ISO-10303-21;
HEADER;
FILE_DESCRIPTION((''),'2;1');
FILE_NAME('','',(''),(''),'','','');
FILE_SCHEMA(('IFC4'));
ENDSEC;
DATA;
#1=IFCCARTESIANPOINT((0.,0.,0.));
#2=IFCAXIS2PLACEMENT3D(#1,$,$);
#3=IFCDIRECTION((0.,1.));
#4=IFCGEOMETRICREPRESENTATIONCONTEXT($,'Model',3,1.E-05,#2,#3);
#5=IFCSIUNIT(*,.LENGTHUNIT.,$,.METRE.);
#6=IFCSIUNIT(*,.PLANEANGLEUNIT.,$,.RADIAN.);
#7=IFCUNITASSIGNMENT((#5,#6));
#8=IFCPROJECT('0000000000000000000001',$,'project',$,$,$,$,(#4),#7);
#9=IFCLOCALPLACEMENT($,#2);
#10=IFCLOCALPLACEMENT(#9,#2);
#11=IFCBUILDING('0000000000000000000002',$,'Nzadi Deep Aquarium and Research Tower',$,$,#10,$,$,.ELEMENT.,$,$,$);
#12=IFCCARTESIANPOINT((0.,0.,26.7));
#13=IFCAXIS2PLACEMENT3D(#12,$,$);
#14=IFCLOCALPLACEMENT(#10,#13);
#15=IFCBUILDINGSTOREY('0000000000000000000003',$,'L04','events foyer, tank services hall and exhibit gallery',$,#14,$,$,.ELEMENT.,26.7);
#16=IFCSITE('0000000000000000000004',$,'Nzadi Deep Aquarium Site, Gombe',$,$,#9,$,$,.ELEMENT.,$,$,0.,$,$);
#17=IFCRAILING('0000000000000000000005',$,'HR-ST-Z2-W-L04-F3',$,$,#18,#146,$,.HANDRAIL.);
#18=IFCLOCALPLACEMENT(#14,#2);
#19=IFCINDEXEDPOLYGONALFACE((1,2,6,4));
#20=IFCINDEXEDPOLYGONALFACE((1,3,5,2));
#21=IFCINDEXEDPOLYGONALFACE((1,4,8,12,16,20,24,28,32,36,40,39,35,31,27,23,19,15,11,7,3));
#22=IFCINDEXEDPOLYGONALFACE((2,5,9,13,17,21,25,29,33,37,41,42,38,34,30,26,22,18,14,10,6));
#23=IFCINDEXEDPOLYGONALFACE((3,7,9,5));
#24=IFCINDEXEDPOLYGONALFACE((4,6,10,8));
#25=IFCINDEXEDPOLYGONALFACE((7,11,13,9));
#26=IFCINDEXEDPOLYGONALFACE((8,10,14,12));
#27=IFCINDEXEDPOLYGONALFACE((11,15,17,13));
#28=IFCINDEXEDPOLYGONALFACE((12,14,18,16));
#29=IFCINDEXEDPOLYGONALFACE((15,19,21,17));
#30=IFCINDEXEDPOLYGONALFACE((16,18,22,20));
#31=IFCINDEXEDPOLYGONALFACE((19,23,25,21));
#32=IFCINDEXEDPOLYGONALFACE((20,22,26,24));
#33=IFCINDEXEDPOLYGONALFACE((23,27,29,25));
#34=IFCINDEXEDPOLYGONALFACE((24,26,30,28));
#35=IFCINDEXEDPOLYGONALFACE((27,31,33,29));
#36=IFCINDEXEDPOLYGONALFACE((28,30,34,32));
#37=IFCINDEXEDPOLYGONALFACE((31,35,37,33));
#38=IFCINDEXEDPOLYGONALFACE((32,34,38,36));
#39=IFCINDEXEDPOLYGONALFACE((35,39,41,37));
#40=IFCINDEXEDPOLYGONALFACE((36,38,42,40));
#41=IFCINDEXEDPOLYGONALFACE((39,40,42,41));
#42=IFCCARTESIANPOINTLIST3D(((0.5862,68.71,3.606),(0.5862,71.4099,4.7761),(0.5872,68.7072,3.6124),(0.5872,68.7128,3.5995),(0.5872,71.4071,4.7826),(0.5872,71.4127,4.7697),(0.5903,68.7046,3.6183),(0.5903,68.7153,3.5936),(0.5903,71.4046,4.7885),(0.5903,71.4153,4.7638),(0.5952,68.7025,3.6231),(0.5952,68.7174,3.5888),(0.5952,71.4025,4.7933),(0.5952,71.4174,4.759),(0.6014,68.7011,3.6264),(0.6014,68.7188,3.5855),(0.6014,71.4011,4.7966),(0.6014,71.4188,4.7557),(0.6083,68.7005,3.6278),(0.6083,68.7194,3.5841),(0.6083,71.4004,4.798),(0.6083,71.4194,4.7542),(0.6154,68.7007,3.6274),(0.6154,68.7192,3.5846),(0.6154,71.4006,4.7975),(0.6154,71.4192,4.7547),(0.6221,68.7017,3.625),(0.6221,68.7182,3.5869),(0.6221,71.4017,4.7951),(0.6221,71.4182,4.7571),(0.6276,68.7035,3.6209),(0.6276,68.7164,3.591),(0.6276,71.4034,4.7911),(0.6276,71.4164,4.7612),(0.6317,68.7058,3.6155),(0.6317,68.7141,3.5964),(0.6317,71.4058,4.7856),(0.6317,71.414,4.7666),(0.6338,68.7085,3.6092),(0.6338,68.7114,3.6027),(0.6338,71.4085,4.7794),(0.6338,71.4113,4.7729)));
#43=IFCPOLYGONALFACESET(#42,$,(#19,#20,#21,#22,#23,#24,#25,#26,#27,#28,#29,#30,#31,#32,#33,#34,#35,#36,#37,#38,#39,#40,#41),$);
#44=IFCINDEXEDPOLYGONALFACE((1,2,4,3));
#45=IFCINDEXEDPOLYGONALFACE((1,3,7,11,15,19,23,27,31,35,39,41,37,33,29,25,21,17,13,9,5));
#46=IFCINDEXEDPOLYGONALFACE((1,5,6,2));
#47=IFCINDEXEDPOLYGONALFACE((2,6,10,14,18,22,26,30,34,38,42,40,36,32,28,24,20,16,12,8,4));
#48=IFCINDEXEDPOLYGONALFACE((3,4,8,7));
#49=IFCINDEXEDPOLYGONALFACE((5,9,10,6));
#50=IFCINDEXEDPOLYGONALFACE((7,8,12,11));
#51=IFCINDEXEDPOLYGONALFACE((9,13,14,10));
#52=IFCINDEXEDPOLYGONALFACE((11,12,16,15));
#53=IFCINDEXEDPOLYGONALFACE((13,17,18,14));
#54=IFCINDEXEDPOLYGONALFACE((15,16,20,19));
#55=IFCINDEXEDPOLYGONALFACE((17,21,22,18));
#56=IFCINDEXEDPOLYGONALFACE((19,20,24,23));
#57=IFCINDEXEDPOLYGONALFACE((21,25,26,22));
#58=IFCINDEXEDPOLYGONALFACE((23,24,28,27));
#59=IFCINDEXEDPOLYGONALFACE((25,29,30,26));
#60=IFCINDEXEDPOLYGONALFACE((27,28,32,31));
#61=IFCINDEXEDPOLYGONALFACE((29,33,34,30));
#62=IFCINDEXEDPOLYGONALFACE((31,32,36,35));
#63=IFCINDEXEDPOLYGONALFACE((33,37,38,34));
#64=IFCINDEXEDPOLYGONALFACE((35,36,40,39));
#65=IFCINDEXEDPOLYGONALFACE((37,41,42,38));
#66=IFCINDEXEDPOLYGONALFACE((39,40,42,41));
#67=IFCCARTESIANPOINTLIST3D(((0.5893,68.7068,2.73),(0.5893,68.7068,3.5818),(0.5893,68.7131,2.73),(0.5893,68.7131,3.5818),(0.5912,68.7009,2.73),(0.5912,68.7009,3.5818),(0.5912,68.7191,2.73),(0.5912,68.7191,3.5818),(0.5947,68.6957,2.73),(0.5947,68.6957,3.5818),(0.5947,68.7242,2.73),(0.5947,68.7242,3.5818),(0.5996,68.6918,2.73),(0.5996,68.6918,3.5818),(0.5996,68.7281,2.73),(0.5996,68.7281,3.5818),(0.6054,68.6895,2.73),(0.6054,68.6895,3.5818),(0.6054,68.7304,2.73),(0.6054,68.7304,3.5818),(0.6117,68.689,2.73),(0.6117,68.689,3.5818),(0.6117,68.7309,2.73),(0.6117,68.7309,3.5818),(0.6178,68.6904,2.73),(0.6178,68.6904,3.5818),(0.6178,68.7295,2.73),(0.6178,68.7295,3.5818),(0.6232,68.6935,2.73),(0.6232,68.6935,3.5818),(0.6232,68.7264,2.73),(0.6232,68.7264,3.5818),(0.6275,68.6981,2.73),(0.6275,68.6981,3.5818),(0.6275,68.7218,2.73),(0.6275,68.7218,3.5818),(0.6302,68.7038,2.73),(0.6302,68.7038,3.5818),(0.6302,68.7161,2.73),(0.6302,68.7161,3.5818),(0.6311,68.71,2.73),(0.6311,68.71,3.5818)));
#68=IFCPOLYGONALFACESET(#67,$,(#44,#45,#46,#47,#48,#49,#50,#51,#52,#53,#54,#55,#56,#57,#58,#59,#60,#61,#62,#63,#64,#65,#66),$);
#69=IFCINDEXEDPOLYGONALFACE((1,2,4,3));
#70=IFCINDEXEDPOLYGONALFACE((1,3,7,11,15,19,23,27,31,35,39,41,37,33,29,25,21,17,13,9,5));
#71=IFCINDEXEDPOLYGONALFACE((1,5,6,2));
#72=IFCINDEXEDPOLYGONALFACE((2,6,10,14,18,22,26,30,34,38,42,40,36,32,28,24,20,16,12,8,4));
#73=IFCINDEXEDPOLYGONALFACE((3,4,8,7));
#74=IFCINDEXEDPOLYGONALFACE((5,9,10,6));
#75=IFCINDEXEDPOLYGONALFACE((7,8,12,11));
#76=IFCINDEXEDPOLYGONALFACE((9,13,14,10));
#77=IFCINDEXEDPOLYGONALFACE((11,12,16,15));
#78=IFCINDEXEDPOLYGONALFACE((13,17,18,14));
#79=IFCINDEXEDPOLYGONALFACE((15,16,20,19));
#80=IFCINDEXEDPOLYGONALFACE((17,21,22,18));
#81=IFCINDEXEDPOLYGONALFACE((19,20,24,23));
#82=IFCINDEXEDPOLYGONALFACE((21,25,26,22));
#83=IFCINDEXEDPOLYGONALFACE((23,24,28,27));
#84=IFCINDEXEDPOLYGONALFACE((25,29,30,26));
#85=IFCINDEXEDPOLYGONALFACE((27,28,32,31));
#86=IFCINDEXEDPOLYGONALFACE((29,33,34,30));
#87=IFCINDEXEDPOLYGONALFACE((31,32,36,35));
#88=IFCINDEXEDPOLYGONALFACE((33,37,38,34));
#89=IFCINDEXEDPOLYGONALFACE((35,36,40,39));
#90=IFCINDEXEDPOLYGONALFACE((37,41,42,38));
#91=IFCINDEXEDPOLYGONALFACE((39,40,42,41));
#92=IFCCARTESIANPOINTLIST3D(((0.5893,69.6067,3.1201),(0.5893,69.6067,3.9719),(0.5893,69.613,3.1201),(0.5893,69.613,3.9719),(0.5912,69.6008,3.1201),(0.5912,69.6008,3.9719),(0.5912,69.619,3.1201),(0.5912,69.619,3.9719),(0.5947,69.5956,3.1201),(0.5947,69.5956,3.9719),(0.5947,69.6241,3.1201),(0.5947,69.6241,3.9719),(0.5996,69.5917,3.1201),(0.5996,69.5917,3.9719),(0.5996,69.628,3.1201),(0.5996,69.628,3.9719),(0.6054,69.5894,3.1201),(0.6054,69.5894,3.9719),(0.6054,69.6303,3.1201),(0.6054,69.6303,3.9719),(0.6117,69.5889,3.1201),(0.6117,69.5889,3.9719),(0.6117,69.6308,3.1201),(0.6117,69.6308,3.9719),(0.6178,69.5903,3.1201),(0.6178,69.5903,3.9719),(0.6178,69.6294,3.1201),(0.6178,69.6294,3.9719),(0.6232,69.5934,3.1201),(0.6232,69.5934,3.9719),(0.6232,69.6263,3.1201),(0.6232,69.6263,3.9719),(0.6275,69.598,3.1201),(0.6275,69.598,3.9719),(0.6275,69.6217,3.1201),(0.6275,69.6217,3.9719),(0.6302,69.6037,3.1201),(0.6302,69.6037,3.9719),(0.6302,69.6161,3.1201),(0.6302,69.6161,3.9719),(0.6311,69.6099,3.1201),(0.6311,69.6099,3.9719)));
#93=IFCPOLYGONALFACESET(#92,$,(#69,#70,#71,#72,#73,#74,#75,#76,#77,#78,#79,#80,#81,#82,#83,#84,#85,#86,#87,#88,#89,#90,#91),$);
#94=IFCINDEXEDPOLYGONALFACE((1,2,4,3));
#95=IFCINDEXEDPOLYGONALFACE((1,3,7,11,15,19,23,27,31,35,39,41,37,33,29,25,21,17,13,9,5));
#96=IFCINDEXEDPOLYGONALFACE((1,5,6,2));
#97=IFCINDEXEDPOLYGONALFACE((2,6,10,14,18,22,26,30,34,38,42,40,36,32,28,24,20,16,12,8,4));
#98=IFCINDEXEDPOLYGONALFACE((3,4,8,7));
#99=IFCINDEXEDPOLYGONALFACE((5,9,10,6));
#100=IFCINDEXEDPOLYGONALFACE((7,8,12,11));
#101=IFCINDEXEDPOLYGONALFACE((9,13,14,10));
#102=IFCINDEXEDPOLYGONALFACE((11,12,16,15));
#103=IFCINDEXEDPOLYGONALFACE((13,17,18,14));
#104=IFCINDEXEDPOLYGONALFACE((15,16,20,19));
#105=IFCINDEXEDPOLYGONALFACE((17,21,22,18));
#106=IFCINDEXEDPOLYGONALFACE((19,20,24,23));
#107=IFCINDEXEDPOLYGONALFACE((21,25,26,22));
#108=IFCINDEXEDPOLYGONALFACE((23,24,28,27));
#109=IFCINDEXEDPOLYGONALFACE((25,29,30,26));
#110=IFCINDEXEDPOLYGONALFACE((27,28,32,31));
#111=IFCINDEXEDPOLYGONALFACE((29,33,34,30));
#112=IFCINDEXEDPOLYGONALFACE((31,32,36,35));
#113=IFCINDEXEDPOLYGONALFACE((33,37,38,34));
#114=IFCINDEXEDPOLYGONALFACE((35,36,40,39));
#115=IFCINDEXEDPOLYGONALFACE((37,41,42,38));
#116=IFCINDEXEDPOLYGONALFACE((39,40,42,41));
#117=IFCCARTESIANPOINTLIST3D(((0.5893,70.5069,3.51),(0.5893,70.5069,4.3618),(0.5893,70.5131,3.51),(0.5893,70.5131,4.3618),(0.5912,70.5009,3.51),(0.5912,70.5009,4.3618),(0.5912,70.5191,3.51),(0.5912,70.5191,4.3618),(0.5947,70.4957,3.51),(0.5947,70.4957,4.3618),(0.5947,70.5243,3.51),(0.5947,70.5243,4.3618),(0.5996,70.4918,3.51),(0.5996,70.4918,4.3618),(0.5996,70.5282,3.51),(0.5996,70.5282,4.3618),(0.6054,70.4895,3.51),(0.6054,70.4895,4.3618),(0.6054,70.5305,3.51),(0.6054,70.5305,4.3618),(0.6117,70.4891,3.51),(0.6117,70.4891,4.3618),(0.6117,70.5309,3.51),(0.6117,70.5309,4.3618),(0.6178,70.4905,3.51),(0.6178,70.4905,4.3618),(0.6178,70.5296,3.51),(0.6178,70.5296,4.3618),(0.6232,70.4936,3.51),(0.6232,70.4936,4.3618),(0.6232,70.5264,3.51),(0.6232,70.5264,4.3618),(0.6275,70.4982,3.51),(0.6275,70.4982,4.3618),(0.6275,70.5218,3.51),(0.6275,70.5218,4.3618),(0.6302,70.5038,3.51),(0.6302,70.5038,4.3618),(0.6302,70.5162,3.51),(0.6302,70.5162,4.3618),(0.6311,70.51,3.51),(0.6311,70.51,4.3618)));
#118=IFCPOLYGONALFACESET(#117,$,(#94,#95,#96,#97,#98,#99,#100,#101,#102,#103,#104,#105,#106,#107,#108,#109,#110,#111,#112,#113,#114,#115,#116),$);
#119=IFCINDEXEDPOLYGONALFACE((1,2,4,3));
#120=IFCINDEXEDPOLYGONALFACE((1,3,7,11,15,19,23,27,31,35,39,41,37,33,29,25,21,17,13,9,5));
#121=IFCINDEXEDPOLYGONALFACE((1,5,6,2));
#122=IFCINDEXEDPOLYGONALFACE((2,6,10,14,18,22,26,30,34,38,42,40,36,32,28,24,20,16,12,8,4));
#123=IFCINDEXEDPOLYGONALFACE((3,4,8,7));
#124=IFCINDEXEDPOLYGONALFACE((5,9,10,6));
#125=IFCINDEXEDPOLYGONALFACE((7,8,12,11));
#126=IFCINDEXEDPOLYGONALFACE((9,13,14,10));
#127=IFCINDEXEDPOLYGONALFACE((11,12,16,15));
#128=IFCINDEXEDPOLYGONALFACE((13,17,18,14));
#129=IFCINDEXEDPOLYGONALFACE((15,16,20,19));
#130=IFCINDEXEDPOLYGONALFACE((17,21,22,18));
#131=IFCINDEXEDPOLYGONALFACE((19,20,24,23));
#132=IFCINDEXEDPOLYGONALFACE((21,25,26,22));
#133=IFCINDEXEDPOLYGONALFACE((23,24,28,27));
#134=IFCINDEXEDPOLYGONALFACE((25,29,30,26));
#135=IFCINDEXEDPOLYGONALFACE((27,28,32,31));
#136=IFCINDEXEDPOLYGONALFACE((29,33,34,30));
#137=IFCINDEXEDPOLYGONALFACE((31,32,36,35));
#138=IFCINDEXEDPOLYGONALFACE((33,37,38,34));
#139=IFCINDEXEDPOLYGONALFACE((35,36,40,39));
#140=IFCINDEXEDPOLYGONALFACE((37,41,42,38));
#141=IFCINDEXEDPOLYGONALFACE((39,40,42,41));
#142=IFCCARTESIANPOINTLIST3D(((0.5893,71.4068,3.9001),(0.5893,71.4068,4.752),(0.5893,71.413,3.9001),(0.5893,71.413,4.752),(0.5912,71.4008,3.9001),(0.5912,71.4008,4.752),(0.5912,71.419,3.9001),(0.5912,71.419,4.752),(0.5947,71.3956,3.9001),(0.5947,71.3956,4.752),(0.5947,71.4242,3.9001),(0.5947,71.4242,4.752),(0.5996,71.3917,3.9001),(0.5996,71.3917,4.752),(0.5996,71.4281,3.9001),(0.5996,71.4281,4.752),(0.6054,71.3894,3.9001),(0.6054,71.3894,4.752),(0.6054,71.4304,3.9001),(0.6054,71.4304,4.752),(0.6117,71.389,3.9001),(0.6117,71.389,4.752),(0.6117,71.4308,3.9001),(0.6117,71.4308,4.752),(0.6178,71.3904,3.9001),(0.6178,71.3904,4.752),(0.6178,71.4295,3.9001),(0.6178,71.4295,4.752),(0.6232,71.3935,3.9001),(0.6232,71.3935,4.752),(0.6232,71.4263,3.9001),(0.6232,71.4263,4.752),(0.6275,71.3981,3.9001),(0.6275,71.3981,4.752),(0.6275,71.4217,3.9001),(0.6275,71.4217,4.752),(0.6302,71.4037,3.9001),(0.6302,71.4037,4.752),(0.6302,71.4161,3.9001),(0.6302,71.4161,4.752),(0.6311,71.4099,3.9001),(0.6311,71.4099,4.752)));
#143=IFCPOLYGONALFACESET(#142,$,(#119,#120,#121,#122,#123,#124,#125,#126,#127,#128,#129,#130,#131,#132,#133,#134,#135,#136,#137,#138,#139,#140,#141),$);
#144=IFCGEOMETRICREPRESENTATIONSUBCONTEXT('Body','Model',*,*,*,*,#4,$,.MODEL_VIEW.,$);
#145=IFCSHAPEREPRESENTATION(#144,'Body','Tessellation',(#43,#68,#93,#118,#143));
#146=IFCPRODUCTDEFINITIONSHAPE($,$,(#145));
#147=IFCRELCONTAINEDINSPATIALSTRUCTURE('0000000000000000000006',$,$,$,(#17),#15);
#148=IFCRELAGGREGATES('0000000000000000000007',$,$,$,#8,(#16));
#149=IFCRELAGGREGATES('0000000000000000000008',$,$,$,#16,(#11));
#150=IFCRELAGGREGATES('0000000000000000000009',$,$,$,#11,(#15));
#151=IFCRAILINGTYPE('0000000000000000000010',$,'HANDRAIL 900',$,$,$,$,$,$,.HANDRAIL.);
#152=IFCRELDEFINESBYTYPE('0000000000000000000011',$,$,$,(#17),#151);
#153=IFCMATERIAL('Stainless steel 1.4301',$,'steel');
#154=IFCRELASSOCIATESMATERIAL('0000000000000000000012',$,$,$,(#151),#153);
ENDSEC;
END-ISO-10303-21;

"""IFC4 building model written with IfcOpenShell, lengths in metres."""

from ifc_helpers import new_model, si_unit, direction, frame, origin, origin_2d, place, context, subcontext, project, spatial, circle, extrude, material, type_object, element, save


model = new_model("IFC4")

# Units and contexts
model_context = context("Model", 3, precision=1e-05, world=origin(), true_north=direction((0.0, 1.0)))
body_context = subcontext(model_context, "Body", "Model", "MODEL_VIEW")
ifc_project = project(units=[si_unit("LENGTHUNIT", "METRE"), si_unit("PLANEANGLEUNIT", "RADIAN")], contexts=[model_context])

# Site, building, storey
site_placement = place(None, origin())
site = spatial("IfcSite", under=ifc_project, at=site_placement, Name="Nzadi Deep Aquarium Site, Gombe", CompositionType="ELEMENT", RefElevation=0.0)
building_placement = place(site_placement, origin())
building = spatial("IfcBuilding", under=site, at=building_placement, Name="Nzadi Deep Aquarium and Research Tower", CompositionType="ELEMENT")
storey_placement = place(building_placement, frame((0.0, 0.0, 26.7)))
storey = spatial("IfcBuildingStorey", under=building, at=storey_placement, Name="L04", Description="events foyer, tank services hall and exhibit gallery", CompositionType="ELEMENT", Elevation=26.7)

# Railing
ifc_material_1 = material(Name="Stainless steel 1.4301", Category="steel")
railing_type = type_object("IfcRailingType", Name="HANDRAIL 900", PredefinedType="HANDRAIL", material=ifc_material_1)
railing_placement = place(storey_placement, frame((0.6101, 68.71, 2.73)))
element("IfcRailing", 1, at=railing_placement, inside=storey, type_object=railing_type, Name="HR-ST-Z2-W-L04-F3", PredefinedType="HANDRAIL", context=body_context, shape_type="SweptSolid", body=[
    extrude(circle(Radius=0.0239, at=origin_2d()), frame((0.0, 0.0, 0.876), z_axis=(0.0, 0.917532, 0.397661), x_axis=(-1.0, 0.0, 0.0)), (0.0, 0.0, 1.0), 2.9426),
    extrude(circle(Radius=0.021, at=origin_2d()), origin(), (0.0, 0.0, 1.0), 0.8518),
    extrude(circle(Radius=0.021, at=origin_2d()), frame((0.0, 0.8999, 0.3901)), (0.0, 0.0, 1.0), 0.8518),
    extrude(circle(Radius=0.021, at=origin_2d()), frame((0.0, 1.8, 0.78)), (0.0, 0.0, 1.0), 0.8518),
    extrude(circle(Radius=0.021, at=origin_2d()), frame((0.0, 2.7, 1.1702)), (0.0, 0.0, 1.0), 0.8518),
])

save(model, "model.ifc")
